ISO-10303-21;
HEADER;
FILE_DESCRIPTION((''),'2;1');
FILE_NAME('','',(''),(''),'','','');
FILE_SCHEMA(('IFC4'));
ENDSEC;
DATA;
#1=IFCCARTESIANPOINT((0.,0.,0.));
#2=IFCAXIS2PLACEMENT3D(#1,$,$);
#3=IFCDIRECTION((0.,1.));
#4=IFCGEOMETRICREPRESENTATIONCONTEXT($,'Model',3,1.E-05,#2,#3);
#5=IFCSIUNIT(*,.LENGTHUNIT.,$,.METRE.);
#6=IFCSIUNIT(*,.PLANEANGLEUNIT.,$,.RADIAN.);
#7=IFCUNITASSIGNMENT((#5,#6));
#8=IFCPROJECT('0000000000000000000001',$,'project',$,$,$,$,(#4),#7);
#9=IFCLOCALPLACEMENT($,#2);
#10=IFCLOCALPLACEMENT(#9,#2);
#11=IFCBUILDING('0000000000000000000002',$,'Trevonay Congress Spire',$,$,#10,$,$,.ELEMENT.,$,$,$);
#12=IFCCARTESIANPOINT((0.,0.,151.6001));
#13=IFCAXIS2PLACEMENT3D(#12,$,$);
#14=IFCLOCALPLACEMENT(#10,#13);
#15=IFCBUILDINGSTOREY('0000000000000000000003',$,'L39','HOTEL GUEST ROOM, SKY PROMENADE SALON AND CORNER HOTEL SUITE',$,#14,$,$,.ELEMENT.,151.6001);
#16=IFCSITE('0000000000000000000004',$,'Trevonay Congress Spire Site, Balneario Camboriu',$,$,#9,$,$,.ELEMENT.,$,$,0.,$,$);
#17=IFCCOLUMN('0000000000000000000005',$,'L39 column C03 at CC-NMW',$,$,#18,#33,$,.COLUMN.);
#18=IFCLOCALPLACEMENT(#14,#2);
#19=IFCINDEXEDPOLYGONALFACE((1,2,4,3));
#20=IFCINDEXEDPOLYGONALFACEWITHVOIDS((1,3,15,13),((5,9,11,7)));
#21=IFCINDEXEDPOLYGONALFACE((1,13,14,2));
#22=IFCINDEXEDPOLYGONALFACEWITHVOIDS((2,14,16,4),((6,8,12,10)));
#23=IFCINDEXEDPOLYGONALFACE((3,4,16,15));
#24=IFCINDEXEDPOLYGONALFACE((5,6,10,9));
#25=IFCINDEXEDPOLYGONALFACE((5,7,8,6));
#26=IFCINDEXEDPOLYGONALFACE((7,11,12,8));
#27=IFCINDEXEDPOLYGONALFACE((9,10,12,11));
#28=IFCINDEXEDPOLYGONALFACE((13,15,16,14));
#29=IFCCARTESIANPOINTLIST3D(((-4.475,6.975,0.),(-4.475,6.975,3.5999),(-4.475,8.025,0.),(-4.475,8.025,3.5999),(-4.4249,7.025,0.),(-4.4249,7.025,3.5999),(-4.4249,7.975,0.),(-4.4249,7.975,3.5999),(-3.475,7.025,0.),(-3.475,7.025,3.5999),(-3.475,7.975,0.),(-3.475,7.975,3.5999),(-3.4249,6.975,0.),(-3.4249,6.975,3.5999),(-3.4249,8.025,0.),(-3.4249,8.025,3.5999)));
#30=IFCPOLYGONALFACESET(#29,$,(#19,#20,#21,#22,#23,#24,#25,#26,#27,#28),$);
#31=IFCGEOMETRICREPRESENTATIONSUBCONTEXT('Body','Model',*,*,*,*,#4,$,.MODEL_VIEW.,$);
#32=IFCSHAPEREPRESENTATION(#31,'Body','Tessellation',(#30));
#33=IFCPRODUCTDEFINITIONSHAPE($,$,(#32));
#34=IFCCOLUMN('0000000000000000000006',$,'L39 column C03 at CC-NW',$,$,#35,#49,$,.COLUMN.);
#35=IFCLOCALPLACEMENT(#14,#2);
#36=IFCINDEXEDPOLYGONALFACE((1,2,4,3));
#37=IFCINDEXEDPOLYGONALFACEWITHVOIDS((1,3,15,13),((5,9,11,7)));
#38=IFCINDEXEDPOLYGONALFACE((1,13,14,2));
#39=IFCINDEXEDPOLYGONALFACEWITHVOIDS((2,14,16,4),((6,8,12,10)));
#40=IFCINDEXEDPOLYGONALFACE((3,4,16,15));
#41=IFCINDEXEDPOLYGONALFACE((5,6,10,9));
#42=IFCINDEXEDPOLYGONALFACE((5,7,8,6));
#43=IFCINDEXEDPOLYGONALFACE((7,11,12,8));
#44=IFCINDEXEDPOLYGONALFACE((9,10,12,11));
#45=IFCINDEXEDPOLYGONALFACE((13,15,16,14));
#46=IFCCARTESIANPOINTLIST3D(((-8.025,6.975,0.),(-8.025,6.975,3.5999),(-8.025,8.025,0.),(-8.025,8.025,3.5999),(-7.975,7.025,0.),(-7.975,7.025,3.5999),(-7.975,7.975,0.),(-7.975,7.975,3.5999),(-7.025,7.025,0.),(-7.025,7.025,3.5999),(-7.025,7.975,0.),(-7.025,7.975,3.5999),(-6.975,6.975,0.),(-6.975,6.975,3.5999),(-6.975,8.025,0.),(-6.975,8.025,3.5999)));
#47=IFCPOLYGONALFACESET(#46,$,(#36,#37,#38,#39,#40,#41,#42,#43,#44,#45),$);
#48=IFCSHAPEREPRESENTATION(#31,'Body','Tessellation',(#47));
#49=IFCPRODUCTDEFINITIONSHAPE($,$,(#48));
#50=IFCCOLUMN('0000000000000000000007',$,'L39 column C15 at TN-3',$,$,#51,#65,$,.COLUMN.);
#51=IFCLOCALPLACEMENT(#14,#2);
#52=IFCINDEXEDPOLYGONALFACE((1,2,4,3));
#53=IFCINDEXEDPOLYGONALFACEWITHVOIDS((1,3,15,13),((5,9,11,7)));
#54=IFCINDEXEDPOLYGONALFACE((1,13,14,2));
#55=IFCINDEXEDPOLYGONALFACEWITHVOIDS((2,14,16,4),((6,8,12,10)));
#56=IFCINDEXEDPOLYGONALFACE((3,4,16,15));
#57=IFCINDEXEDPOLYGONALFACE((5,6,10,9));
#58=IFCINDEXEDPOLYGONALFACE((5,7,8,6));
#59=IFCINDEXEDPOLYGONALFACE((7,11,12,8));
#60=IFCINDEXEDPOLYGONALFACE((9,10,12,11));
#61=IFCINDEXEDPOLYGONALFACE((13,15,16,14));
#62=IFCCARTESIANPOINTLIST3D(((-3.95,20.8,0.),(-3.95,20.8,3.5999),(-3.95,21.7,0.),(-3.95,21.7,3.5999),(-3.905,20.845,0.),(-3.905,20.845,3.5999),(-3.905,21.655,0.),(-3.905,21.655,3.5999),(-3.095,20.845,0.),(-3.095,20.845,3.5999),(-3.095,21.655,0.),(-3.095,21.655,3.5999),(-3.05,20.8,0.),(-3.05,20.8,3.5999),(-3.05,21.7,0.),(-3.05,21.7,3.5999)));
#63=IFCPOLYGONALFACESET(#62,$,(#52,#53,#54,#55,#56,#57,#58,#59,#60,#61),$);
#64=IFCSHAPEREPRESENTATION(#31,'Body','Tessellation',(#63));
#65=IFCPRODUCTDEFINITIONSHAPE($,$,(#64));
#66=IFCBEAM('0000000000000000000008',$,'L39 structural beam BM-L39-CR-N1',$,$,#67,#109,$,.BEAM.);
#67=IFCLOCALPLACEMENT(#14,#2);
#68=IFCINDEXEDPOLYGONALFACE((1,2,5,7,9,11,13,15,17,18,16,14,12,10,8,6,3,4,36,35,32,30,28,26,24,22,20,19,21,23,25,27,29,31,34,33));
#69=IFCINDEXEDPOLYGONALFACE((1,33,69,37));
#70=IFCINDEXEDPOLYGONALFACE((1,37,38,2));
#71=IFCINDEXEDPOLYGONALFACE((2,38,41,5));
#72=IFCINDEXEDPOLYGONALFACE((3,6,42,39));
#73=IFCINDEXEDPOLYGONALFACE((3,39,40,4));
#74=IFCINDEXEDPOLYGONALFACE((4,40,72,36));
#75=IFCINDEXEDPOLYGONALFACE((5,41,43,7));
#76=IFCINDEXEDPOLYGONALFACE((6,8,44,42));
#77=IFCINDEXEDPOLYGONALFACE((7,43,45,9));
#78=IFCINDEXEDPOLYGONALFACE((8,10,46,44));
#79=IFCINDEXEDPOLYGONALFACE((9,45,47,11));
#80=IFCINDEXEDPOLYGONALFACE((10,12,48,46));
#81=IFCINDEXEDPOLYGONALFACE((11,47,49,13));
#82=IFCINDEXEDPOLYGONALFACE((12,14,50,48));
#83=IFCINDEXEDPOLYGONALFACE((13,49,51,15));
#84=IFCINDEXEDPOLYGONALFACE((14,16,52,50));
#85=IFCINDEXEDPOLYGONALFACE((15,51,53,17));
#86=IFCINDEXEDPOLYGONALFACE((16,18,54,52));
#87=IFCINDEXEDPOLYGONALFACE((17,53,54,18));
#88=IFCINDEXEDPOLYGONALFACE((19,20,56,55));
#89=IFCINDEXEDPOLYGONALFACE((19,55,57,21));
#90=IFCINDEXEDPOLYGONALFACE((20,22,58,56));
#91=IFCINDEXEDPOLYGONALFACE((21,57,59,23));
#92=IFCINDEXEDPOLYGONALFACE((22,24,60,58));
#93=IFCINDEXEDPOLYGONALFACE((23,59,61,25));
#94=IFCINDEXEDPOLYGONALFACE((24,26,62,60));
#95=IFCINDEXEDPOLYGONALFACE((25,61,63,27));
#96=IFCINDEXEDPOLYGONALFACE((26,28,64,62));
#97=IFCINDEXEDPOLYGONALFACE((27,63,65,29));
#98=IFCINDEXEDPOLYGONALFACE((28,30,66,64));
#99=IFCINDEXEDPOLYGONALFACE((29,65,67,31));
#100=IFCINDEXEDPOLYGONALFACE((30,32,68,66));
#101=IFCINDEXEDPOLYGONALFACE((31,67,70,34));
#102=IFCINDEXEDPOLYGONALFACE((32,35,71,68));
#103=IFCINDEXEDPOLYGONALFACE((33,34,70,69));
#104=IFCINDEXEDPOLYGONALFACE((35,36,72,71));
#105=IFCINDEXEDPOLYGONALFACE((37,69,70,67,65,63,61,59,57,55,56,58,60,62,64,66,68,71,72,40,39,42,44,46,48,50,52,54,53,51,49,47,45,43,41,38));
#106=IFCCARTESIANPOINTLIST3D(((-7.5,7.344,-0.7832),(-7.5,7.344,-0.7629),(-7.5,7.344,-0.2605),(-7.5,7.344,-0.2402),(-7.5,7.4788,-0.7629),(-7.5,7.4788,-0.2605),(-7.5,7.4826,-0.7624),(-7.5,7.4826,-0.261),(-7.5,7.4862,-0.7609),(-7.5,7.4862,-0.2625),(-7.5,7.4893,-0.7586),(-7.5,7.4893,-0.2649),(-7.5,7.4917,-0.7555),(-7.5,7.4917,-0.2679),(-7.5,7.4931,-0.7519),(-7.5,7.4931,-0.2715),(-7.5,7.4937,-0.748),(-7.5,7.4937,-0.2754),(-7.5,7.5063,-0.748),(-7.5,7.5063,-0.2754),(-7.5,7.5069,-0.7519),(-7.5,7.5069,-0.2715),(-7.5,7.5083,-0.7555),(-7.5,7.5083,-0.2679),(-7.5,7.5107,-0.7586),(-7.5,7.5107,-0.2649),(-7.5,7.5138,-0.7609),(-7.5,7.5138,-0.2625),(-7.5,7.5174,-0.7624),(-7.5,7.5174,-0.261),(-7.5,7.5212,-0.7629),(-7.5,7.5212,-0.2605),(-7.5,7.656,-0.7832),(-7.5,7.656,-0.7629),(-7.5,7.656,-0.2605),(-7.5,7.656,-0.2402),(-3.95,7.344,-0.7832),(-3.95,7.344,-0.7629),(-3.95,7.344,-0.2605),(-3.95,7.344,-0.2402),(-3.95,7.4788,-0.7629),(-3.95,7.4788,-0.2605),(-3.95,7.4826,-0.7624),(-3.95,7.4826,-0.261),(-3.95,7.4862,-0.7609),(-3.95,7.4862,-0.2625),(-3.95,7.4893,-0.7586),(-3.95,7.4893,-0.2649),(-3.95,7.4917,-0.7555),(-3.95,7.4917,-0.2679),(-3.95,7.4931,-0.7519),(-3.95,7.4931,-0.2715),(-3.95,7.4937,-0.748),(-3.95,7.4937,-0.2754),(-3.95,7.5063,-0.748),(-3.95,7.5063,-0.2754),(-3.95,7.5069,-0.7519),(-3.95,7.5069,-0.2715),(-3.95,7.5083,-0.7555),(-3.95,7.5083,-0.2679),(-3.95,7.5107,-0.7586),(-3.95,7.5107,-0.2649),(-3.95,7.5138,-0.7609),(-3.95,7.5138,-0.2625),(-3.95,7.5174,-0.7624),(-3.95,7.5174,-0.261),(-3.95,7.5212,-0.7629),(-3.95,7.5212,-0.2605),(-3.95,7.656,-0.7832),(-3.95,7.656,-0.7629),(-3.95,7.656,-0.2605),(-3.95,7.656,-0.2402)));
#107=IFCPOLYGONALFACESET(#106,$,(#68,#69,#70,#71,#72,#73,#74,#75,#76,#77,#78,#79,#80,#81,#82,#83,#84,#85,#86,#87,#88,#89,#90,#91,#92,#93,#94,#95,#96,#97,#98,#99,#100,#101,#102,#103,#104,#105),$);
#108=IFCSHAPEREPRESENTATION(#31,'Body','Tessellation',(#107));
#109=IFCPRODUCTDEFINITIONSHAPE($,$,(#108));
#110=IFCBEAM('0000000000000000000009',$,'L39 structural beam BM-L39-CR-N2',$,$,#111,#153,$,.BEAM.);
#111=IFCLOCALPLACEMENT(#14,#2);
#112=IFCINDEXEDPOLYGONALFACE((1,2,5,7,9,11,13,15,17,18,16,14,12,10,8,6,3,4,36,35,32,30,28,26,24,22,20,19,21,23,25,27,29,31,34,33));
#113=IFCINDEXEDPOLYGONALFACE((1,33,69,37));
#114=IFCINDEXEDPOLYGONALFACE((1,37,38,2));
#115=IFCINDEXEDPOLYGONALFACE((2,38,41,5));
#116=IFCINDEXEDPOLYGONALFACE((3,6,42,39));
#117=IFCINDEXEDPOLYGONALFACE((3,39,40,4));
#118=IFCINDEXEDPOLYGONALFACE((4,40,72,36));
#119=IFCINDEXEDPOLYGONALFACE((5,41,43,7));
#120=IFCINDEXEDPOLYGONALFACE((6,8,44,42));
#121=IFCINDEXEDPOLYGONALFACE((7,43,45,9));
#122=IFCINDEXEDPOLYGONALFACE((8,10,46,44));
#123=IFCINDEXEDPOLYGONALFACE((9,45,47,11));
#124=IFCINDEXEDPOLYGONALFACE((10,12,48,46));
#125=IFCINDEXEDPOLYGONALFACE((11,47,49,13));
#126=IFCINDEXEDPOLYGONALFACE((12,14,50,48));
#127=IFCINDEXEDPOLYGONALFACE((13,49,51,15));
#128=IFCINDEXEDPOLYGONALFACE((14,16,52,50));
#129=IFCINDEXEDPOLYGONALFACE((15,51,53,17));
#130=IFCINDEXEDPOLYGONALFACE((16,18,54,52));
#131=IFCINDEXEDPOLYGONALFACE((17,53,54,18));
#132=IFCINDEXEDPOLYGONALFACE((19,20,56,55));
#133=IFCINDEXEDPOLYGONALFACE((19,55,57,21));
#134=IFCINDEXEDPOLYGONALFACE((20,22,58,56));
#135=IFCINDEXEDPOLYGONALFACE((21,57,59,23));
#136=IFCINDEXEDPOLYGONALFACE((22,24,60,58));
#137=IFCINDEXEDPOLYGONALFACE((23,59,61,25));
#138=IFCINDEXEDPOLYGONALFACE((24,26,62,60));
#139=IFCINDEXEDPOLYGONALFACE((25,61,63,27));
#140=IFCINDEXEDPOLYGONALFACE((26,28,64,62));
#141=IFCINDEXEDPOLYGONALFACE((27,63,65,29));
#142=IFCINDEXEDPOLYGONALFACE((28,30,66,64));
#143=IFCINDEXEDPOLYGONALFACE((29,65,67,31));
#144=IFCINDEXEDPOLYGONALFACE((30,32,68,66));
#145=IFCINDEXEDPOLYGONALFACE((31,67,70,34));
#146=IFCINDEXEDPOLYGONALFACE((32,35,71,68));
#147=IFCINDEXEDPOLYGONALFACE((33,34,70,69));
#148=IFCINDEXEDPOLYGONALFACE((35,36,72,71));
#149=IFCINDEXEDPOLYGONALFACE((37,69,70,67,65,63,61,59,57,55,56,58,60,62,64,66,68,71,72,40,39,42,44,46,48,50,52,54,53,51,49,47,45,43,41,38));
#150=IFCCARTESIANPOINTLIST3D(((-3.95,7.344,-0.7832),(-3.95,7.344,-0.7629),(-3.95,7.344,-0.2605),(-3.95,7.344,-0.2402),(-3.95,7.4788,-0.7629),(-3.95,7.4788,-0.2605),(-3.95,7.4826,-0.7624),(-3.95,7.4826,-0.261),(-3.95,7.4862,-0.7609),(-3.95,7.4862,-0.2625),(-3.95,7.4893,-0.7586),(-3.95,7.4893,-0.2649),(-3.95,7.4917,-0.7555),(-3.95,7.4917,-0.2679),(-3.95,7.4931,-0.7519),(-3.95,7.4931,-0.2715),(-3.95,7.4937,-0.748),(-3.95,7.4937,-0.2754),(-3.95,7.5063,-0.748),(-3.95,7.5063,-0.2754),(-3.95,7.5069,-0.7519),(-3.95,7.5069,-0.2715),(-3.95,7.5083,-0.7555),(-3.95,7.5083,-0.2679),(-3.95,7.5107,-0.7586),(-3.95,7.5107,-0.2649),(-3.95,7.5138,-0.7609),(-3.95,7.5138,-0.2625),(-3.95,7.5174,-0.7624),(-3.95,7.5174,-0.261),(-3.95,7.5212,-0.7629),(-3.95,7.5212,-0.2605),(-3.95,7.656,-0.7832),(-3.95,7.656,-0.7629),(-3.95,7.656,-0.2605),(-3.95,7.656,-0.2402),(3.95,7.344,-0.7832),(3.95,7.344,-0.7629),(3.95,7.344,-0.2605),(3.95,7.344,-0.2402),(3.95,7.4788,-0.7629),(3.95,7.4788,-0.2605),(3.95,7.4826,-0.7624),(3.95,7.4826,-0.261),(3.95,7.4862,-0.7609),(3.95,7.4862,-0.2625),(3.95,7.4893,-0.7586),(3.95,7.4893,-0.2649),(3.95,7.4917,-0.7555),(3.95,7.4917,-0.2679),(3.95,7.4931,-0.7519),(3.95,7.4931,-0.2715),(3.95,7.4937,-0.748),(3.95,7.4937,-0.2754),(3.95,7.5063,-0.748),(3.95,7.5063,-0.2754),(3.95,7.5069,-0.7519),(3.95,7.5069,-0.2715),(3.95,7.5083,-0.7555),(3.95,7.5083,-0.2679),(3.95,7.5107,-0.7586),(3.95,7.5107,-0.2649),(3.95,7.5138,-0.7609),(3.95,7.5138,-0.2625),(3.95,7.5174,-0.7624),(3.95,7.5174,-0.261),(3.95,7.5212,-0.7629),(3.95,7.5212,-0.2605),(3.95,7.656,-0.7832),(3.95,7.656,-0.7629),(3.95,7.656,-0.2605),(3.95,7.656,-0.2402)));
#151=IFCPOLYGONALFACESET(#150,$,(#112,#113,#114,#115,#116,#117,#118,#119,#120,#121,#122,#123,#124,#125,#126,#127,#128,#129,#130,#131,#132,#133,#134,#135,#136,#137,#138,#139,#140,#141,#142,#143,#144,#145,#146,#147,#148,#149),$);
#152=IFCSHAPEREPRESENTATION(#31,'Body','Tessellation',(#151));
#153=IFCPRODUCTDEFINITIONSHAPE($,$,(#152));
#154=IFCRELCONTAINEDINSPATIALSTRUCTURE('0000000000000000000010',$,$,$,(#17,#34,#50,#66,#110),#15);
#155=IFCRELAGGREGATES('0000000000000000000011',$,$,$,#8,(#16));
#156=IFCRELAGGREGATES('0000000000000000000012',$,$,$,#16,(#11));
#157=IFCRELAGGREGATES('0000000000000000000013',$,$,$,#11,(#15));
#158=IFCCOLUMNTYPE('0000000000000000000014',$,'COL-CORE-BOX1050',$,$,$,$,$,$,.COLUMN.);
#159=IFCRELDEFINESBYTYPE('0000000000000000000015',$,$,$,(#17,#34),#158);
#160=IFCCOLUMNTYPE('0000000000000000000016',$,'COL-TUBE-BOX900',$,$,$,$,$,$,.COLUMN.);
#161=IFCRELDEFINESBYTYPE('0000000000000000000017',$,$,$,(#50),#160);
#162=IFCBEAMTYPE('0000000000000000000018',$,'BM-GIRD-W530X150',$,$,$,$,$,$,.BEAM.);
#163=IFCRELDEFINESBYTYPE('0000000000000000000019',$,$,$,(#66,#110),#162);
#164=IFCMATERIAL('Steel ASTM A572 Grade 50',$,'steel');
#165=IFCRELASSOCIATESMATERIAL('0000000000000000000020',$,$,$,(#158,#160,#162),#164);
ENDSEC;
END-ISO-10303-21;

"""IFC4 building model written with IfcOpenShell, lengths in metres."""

from ifc_helpers import new_model, si_unit, direction, frame, origin, origin_2d, place, context, subcontext, project, spatial, hollow_rectangle, i_section, extrude, material, material_profile, profile_set, type_object, element, save


model = new_model("IFC4")

# Units and contexts
model_context = context("Model", 3, precision=1e-05, world=origin(), true_north=direction((0.0, 1.0)))
body_context = subcontext(model_context, "Body", "Model", "MODEL_VIEW")
ifc_project = project(units=[si_unit("LENGTHUNIT", "METRE"), si_unit("PLANEANGLEUNIT", "RADIAN")], contexts=[model_context])

# Site, building, storey
site_placement = place(None, origin())
site = spatial("IfcSite", under=ifc_project, at=site_placement, Name="Trevonay Congress Spire Site, Balneario Camboriu", CompositionType="ELEMENT", RefElevation=0.0)
building_placement = place(site_placement, origin())
building = spatial("IfcBuilding", under=site, at=building_placement, Name="Trevonay Congress Spire", CompositionType="ELEMENT")
storey_placement = place(building_placement, frame((0.0, 0.0, 151.6001)))
storey = spatial("IfcBuildingStorey", under=building, at=storey_placement, Name="L39", Description="HOTEL GUEST ROOM, SKY PROMENADE SALON AND CORNER HOTEL SUITE", CompositionType="ELEMENT", Elevation=151.6001)

# Columns
ifc_material_1 = material(Name="Steel ASTM A572 Grade 50", Category="steel")
ifc_material_profile_1 = material_profile(ifc_material_1, hollow_rectangle(XDim=1.05, YDim=1.05, WallThickness=0.05, at=origin_2d()), Name="BOX 1050x1050x50")
ifc_profile_set_1 = profile_set([ifc_material_profile_1], Name="Steel ASTM A572 Grade 50")
column_type_1 = type_object("IfcColumnType", Name="COL-CORE-BOX1050", PredefinedType="COLUMN", material=ifc_profile_set_1)
for number, where, z_axis, x_axis, name in (
    (1, (-3.95, 7.5, 0.0), (0.0, 0.0, 1.0), (1.0, 0.0, 0.0), "L39 column C03 at CC-NMW"),
    (2, (-7.5, 7.5, 0.0), (0.0, 0.0, 1.0), (1.0, 0.0, 0.0), "L39 column C03 at CC-NW"),
):
    element("IfcColumn", number, at=place(storey_placement, frame(where, z_axis=z_axis, x_axis=x_axis)), inside=storey, type_object=column_type_1, Name=name, PredefinedType="COLUMN", context=body_context, shape_type="SweptSolid", body=[
        extrude(hollow_rectangle(XDim=1.05, YDim=1.05, WallThickness=0.05, at=origin_2d()), origin(), (0.0, 0.0, 1.0), 3.5999),
    ])
ifc_material_profile_2 = material_profile(ifc_material_1, hollow_rectangle(XDim=0.8999, YDim=0.8999, WallThickness=0.0449, at=origin_2d()), Name="BOX 900x900x45")
ifc_profile_set_2 = profile_set([ifc_material_profile_2], Name="Steel ASTM A572 Grade 50")
column_type_2 = type_object("IfcColumnType", Name="COL-TUBE-BOX900", PredefinedType="COLUMN", material=ifc_profile_set_2)
column_placement = place(storey_placement, frame((-3.5, 21.25, 0.0), z_axis=(0.0, 0.0, 1.0), x_axis=(1.0, 0.0, 0.0)))
element("IfcColumn", 3, at=column_placement, inside=storey, type_object=column_type_2, Name="L39 column C15 at TN-3", PredefinedType="COLUMN", context=body_context, shape_type="SweptSolid", body=[
    extrude(hollow_rectangle(XDim=0.8999, YDim=0.8999, WallThickness=0.0449, at=origin_2d()), origin(), (0.0, 0.0, 1.0), 3.5999),
])

# Beams
ifc_material_profile_3 = material_profile(ifc_material_1, i_section(OverallWidth=0.312, OverallDepth=0.543, WebThickness=0.0127, FlangeThickness=0.0203, FilletRadius=0.0149, at=origin_2d()), Name="W530x150")
ifc_profile_set_3 = profile_set([ifc_material_profile_3], Name="Steel ASTM A572 Grade 50")
beam_type_1 = type_object("IfcBeamType", Name="BM-GIRD-W530X150", PredefinedType="BEAM", material=ifc_profile_set_3)
beam_1_placement = place(storey_placement, frame((-7.5, 7.5, -0.5117), z_axis=(1.0, 0.0, 0.0), x_axis=(0.0, 1.0, 0.0)))
element("IfcBeam", 4, at=beam_1_placement, inside=storey, type_object=beam_type_1, Name="L39 structural beam BM-L39-CR-N1", PredefinedType="BEAM", context=body_context, shape_type="SweptSolid", body=[
    extrude(i_section(OverallWidth=0.312, OverallDepth=0.543, WebThickness=0.0127, FlangeThickness=0.0203, FilletRadius=0.0149, at=origin_2d()), origin(), (0.0, 0.0, 1.0), 3.55),
])
beam_2_placement = place(storey_placement, frame((-3.95, 7.5, -0.5117), z_axis=(1.0, 0.0, 0.0), x_axis=(0.0, 1.0, 0.0)))
element("IfcBeam", 5, at=beam_2_placement, inside=storey, type_object=beam_type_1, Name="L39 structural beam BM-L39-CR-N2", PredefinedType="BEAM", context=body_context, shape_type="SweptSolid", body=[
    extrude(i_section(OverallWidth=0.312, OverallDepth=0.543, WebThickness=0.0127, FlangeThickness=0.0203, FilletRadius=0.0149, at=origin_2d()), origin(), (0.0, 0.0, 1.0), 7.8999),
])

save(model, "model.ifc")
